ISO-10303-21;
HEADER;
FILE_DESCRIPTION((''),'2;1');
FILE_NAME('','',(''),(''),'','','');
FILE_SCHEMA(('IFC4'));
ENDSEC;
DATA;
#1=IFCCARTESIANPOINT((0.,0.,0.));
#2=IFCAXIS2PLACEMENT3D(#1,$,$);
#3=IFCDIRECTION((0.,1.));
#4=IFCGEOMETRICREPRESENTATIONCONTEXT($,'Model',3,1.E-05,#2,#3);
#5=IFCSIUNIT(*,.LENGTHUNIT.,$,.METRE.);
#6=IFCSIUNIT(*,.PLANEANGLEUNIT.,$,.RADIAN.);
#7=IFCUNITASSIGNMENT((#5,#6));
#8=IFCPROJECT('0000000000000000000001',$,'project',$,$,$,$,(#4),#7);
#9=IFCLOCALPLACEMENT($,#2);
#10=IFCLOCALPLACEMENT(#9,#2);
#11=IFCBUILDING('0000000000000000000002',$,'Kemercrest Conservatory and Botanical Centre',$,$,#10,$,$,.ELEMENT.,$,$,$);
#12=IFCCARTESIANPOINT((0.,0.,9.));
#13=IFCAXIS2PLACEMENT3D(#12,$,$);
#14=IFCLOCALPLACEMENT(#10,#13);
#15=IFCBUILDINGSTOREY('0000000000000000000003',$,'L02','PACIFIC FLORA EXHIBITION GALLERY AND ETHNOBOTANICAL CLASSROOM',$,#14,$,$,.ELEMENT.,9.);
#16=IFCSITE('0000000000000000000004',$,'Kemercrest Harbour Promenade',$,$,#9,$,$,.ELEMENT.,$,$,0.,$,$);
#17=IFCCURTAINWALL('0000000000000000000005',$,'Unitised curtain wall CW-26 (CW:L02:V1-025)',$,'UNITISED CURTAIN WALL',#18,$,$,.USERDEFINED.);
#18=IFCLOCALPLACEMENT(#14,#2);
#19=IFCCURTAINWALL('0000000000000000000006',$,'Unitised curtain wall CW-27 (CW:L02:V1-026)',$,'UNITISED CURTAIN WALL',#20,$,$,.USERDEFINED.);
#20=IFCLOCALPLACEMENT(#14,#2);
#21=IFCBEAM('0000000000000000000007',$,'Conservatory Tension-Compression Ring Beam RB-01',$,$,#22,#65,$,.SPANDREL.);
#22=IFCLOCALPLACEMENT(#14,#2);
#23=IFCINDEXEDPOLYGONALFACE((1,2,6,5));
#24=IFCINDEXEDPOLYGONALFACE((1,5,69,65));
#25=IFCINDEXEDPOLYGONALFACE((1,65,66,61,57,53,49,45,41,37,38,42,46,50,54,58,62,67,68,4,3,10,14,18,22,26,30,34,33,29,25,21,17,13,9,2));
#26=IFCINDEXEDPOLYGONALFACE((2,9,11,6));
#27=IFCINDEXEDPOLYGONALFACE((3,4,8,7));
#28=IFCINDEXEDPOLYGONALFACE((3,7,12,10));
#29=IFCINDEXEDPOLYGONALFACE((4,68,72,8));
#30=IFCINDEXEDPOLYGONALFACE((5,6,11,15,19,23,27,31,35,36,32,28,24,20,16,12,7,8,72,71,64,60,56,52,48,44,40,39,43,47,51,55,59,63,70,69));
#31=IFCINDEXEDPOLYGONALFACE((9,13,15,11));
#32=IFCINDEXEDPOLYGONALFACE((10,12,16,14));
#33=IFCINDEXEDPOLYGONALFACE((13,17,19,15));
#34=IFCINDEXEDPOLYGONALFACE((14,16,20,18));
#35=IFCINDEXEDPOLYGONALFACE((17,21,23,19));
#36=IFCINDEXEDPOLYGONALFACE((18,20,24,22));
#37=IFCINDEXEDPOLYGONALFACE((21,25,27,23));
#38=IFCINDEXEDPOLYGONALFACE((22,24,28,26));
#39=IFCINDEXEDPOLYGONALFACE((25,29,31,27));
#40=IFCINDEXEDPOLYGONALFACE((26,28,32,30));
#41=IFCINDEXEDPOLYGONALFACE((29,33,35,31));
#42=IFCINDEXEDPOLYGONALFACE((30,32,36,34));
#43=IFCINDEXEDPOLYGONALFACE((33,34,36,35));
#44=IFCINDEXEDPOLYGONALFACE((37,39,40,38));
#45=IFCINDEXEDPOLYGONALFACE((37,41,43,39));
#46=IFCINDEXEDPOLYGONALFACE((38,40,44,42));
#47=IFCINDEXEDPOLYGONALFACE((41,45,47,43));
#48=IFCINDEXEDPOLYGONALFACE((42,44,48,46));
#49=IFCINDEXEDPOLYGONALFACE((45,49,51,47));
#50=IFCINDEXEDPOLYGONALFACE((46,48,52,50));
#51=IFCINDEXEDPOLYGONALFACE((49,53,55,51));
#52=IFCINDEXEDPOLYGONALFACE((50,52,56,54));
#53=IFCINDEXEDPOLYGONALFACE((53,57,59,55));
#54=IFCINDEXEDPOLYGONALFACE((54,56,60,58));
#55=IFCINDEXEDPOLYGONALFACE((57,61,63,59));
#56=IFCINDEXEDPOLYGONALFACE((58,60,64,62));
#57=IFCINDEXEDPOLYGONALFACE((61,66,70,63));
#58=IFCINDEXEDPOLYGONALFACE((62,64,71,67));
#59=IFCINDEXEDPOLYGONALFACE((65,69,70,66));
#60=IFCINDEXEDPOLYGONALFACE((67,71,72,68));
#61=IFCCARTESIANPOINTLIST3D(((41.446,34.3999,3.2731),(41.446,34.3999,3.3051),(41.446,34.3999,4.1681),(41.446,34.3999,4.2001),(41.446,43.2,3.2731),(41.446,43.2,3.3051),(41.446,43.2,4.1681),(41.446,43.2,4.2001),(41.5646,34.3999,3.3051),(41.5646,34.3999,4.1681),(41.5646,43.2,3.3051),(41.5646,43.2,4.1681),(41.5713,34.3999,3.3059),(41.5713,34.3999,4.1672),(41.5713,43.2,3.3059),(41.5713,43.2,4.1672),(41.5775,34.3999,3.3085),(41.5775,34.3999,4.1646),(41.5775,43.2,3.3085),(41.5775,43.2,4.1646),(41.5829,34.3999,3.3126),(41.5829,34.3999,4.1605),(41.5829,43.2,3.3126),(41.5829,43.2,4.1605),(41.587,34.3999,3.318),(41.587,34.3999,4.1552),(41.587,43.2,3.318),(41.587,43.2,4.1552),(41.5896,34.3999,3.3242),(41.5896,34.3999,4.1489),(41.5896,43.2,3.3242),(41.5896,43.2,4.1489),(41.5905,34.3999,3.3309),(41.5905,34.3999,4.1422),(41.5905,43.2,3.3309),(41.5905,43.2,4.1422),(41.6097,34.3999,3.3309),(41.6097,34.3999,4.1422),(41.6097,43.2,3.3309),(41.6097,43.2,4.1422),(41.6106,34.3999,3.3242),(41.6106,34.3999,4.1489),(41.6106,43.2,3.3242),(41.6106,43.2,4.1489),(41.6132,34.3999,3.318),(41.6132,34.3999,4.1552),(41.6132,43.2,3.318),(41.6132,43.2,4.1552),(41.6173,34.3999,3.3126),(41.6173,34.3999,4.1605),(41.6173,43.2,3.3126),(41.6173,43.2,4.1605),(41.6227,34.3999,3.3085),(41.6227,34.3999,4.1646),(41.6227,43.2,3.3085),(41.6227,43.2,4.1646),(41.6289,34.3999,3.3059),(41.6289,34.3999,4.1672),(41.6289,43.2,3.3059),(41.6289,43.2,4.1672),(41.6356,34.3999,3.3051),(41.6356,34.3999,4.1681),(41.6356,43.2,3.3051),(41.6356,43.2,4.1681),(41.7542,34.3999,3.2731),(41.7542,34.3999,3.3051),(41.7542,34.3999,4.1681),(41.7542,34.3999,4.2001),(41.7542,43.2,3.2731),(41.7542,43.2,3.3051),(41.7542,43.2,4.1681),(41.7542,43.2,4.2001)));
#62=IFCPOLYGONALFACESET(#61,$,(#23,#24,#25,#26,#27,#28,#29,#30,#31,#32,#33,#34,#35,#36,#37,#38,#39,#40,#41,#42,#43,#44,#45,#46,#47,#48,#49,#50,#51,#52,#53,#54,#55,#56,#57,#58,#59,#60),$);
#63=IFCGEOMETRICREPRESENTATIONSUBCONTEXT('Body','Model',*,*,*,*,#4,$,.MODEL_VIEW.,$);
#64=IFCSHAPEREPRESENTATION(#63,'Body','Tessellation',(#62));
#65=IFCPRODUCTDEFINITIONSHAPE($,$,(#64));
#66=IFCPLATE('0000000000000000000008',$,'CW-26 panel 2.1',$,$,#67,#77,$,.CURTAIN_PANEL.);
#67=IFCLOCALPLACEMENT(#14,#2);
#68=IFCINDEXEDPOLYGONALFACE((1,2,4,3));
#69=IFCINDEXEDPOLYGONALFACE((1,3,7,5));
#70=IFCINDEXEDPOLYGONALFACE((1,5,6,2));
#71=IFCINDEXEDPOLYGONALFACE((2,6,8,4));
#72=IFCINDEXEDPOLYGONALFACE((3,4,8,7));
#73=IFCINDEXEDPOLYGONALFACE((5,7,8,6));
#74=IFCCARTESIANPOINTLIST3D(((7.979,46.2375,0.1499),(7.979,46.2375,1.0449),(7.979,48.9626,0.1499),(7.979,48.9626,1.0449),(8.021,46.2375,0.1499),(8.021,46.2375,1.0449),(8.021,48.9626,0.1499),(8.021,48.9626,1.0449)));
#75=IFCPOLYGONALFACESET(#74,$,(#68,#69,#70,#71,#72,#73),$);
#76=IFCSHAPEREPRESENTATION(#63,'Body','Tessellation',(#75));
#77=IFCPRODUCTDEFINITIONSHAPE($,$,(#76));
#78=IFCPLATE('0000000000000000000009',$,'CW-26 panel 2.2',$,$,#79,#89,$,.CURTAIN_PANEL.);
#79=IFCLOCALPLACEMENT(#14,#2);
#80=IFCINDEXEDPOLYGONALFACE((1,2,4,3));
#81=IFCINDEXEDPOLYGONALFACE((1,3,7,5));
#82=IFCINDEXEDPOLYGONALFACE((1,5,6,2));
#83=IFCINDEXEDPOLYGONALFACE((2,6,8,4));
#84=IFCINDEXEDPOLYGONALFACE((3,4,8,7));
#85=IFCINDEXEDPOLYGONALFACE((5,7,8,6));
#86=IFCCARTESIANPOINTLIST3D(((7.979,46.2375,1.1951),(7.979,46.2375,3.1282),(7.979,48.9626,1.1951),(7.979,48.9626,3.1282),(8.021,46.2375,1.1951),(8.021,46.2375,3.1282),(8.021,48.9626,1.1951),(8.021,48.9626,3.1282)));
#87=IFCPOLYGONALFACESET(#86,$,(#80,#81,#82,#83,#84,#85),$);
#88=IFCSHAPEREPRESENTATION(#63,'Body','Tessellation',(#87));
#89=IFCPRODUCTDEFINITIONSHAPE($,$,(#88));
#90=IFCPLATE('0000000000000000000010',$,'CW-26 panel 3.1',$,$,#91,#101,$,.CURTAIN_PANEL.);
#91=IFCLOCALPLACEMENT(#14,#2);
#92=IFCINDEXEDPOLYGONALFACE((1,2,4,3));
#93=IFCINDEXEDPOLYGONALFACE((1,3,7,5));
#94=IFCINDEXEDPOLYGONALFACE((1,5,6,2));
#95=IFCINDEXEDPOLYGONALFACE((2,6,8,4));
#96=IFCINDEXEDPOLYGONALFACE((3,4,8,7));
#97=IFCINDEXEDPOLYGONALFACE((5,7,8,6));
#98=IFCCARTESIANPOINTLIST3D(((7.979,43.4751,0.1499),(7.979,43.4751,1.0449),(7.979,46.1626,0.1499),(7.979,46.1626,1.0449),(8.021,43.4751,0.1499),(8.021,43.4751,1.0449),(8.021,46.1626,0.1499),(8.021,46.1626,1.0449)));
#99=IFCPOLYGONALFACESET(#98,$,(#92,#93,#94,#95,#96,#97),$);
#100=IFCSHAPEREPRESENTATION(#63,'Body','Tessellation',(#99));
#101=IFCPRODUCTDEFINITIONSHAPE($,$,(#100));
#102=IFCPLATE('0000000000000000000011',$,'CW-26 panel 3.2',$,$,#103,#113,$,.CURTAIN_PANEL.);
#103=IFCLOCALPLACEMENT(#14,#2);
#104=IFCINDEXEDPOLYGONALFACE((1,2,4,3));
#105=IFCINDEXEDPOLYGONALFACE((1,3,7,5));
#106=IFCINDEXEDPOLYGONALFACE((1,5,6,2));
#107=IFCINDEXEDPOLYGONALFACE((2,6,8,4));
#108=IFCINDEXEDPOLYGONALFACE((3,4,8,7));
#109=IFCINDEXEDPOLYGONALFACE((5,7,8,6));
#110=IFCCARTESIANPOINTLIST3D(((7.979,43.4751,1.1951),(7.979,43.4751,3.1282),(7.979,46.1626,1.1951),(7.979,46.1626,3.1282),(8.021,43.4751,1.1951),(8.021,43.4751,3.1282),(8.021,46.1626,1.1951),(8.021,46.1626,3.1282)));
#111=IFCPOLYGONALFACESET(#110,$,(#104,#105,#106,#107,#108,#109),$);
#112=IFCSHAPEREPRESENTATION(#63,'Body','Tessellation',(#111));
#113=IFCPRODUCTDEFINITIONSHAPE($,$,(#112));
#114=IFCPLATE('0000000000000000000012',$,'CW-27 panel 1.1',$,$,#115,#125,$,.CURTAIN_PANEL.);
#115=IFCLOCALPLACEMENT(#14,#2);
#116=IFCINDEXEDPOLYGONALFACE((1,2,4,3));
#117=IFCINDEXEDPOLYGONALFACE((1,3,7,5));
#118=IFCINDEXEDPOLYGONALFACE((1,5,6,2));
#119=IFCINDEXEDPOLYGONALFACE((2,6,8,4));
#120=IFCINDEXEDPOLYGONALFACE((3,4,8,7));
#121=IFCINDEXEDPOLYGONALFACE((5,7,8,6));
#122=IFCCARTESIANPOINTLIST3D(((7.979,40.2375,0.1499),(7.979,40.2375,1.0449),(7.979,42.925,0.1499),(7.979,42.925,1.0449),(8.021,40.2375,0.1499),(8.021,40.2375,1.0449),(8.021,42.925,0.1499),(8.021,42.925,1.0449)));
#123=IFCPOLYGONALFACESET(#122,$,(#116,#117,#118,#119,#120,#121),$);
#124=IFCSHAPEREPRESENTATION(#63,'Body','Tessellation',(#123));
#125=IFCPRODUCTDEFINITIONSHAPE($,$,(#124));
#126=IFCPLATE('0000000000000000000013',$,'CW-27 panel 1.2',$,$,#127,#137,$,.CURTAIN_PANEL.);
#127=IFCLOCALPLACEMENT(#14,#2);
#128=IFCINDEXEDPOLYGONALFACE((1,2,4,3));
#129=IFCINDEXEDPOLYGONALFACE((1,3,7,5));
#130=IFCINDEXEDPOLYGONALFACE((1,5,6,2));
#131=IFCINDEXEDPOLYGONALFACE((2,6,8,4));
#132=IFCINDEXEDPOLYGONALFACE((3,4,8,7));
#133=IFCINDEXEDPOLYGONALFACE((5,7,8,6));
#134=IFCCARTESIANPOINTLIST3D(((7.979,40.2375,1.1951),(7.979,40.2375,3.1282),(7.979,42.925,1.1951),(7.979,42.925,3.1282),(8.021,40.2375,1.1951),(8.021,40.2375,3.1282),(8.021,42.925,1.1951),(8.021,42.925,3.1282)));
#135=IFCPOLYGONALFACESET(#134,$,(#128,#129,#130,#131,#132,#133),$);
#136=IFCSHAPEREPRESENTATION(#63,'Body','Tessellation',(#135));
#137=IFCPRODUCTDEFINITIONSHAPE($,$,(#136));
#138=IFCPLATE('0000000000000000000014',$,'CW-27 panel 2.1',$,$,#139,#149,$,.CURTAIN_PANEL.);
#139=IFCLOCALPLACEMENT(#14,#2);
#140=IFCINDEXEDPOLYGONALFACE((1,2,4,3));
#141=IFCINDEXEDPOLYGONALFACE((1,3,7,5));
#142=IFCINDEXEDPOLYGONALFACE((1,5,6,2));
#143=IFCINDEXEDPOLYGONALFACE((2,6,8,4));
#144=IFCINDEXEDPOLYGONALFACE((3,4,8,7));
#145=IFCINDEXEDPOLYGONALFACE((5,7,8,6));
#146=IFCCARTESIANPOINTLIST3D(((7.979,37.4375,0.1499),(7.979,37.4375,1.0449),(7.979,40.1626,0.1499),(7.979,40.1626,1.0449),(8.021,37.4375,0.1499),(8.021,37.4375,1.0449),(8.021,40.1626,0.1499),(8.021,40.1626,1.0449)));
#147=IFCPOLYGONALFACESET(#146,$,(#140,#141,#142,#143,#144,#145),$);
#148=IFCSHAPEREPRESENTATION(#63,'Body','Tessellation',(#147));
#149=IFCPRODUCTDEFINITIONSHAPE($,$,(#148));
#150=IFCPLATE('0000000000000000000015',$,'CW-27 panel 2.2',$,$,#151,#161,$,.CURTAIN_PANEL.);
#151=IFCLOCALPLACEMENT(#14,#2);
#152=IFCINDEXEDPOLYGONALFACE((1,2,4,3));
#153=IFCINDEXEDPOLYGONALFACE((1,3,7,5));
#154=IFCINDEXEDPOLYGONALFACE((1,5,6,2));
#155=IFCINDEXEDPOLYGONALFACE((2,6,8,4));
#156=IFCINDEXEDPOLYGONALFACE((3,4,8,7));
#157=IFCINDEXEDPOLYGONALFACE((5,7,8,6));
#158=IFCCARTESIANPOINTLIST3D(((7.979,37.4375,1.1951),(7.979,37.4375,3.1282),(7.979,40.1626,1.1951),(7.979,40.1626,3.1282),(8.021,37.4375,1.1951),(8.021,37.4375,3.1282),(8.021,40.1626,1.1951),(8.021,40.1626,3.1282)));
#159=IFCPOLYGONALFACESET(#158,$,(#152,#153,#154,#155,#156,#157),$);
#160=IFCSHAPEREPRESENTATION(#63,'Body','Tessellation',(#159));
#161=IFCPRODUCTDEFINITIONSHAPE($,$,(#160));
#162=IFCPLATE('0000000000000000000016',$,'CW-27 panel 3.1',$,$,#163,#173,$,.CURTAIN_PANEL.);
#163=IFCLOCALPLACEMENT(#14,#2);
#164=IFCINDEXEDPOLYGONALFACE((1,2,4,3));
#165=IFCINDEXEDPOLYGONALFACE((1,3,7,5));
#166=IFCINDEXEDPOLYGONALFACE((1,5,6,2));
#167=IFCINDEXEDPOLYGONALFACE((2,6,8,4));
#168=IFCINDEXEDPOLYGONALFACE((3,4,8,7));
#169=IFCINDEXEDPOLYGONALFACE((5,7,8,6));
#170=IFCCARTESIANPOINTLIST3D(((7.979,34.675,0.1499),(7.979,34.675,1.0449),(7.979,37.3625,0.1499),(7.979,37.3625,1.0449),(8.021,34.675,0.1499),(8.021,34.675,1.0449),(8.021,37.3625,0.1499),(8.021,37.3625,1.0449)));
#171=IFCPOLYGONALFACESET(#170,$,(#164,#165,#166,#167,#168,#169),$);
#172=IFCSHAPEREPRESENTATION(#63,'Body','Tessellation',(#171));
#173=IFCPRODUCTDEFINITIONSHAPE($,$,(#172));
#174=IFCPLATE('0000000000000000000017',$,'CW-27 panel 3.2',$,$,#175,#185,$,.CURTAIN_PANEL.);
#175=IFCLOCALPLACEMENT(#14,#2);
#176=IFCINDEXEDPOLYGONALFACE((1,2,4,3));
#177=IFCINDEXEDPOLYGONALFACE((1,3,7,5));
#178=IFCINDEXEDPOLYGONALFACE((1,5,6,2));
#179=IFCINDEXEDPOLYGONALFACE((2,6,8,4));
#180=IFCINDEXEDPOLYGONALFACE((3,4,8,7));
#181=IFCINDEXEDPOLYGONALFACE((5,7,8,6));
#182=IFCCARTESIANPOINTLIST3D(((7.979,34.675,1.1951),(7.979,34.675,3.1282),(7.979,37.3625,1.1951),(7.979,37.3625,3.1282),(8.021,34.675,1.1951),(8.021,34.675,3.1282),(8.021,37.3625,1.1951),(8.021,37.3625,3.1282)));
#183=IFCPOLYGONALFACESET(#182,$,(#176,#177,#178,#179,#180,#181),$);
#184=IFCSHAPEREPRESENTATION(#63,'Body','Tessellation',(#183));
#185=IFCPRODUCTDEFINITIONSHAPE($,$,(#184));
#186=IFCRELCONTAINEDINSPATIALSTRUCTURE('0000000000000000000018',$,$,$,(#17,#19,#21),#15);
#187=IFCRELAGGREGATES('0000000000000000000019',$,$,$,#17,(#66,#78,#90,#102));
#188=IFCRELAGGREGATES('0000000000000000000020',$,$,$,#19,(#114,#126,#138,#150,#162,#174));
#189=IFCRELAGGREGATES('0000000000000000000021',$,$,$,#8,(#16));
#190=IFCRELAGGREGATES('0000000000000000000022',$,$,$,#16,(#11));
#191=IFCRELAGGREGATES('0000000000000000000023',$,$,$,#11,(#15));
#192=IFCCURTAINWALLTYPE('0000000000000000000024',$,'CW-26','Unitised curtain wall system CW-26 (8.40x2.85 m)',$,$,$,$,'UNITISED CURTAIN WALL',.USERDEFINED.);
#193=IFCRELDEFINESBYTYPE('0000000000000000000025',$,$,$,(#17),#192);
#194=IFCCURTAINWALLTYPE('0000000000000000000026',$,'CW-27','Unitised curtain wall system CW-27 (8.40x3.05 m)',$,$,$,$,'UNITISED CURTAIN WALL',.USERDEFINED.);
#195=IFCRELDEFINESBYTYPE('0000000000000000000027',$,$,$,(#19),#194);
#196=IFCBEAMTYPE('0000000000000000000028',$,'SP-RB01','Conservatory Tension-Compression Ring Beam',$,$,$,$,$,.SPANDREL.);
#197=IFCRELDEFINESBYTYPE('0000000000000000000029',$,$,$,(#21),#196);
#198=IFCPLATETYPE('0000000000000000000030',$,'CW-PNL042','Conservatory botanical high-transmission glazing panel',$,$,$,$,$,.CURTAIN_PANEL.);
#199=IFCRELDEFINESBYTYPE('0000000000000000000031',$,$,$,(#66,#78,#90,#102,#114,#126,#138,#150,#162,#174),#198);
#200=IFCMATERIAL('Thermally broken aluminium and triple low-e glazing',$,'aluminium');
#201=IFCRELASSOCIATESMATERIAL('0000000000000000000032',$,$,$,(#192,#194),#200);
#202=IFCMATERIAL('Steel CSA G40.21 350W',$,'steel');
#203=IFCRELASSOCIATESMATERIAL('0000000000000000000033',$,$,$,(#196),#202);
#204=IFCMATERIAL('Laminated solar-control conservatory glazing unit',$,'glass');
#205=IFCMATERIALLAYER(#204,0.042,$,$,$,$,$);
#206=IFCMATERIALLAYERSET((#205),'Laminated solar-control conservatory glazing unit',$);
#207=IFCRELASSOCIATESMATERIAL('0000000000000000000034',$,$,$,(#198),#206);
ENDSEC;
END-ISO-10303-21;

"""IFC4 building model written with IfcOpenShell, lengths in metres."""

from ifc_helpers import new_model, si_unit, direction, frame, origin, origin_2d, place, context, subcontext, project, spatial, rectangle, i_section, extrude, material, layer, layer_set, material_profile, profile_set, type_object, element, aggregate, save


model = new_model("IFC4")

# Units and contexts
model_context = context("Model", 3, precision=1e-05, world=origin(), true_north=direction((0.0, 1.0)))
body_context = subcontext(model_context, "Body", "Model", "MODEL_VIEW")
ifc_project = project(units=[si_unit("LENGTHUNIT", "METRE"), si_unit("PLANEANGLEUNIT", "RADIAN")], contexts=[model_context])

# Site, building, storey
site_placement = place(None, origin())
site = spatial("IfcSite", under=ifc_project, at=site_placement, Name="Kemercrest Harbour Promenade", CompositionType="ELEMENT", RefElevation=0.0)
building_placement = place(site_placement, origin())
building = spatial("IfcBuilding", under=site, at=building_placement, Name="Kemercrest Conservatory and Botanical Centre", CompositionType="ELEMENT")
storey_placement = place(building_placement, frame((0.0, 0.0, 9.0)))
storey = spatial("IfcBuildingStorey", under=building, at=storey_placement, Name="L02", Description="PACIFIC FLORA EXHIBITION GALLERY AND ETHNOBOTANICAL CLASSROOM", CompositionType="ELEMENT", Elevation=9.0)

# Shared definitions
ifc_material_1 = material(Name="Steel CSA G40.21 350W", Category="steel")

# Shared definitions
ifc_material_2 = material(Name="Thermally broken aluminium and triple low-e glazing", Category="aluminium")

# Curtain walls
curtain_wall_type_1 = type_object("IfcCurtainWallType", Name="CW-26", Description="Unitised curtain wall system CW-26 (8.40x2.85 m)", ElementType="UNITISED CURTAIN WALL", PredefinedType="USERDEFINED", material=ifc_material_2)
curtain_wall_1_placement = place(storey_placement, origin())
curtain_wall_1 = element("IfcCurtainWall", 1, at=curtain_wall_1_placement, inside=storey, type_object=curtain_wall_type_1, Name="Unitised curtain wall CW-26 (CW:L02:V1-025)", ObjectType="UNITISED CURTAIN WALL", PredefinedType="USERDEFINED")
curtain_wall_type_2 = type_object("IfcCurtainWallType", Name="CW-27", Description="Unitised curtain wall system CW-27 (8.40x3.05 m)", ElementType="UNITISED CURTAIN WALL", PredefinedType="USERDEFINED", material=ifc_material_2)
curtain_wall_2_placement = place(storey_placement, origin())
curtain_wall_2 = element("IfcCurtainWall", 2, at=curtain_wall_2_placement, inside=storey, type_object=curtain_wall_type_2, Name="Unitised curtain wall CW-27 (CW:L02:V1-026)", ObjectType="UNITISED CURTAIN WALL", PredefinedType="USERDEFINED")

# Beam
ifc_material_profile_1 = material_profile(ifc_material_1, i_section(OverallWidth=0.3081, OverallDepth=0.927, WebThickness=0.0193, FlangeThickness=0.032, FilletRadius=0.0259, at=origin_2d()), Name="W920X289")
ifc_profile_set_1 = profile_set([ifc_material_profile_1], Name="Steel CSA G40.21 350W")
beam_type = type_object("IfcBeamType", Name="SP-RB01", Description="Conservatory Tension-Compression Ring Beam", PredefinedType="SPANDREL", material=ifc_profile_set_1)
for number, where, z_axis, x_axis, name in (
    (3, (41.6001, 34.3999, 3.7366), (0.0, 1.0, 0.0), (-1.0, 0.0, 0.0), "Conservatory Tension-Compression Ring Beam RB-01"),
):
    element("IfcBeam", number, at=place(storey_placement, frame(where, z_axis=z_axis, x_axis=x_axis)), inside=storey, type_object=beam_type, Name=name, PredefinedType="SPANDREL", context=body_context, shape_type="SweptSolid", body=[
        extrude(i_section(OverallWidth=0.3081, OverallDepth=0.927, WebThickness=0.0193, FlangeThickness=0.032, FilletRadius=0.0259, at=origin_2d()), origin(), (0.0, 0.0, 1.0), 8.8),
    ])

# Plates
ifc_material_3 = material(Name="Laminated solar-control conservatory glazing unit", Category="glass")
ifc_layer = layer(ifc_material_3, 0.042)
ifc_layer_set = layer_set([ifc_layer], Name="Laminated solar-control conservatory glazing unit")
plate_type = type_object("IfcPlateType", Name="CW-PNL042", Description="Conservatory botanical high-transmission glazing panel", PredefinedType="CURTAIN_PANEL", material=ifc_layer_set)
plate_1_placement = place(storey_placement, frame((8.0, 47.6001, 0.1499), z_axis=(0.0, 0.0, 1.0), x_axis=(0.0, -1.0, 0.0)))
plate_1 = element("IfcPlate", 4, at=plate_1_placement, type_object=plate_type, Name="CW-26 panel 2.1", PredefinedType="CURTAIN_PANEL", context=body_context, shape_type="SweptSolid", body=[
    extrude(rectangle(XDim=2.7251, YDim=0.042, at=origin_2d()), origin(), (0.0, 0.0, 1.0), 0.895),
])
plate_2_placement = place(storey_placement, frame((8.0, 47.6001, 1.1951), z_axis=(0.0, 0.0, 1.0), x_axis=(0.0, -1.0, 0.0)))
plate_2 = element("IfcPlate", 5, at=plate_2_placement, type_object=plate_type, Name="CW-26 panel 2.2", PredefinedType="CURTAIN_PANEL", context=body_context, shape_type="SweptSolid", body=[
    extrude(rectangle(XDim=2.7251, YDim=0.042, at=origin_2d()), origin(), (0.0, 0.0, 1.0), 1.9331),
])
plate_3_placement = place(storey_placement, frame((8.0, 44.8188, 0.1499), z_axis=(0.0, 0.0, 1.0), x_axis=(0.0, -1.0, 0.0)))
plate_3 = element("IfcPlate", 6, at=plate_3_placement, type_object=plate_type, Name="CW-26 panel 3.1", PredefinedType="CURTAIN_PANEL", context=body_context, shape_type="SweptSolid", body=[
    extrude(rectangle(XDim=2.6875, YDim=0.042, at=origin_2d()), origin(), (0.0, 0.0, 1.0), 0.895),
])
plate_4_placement = place(storey_placement, frame((8.0, 44.8188, 1.1951), z_axis=(0.0, 0.0, 1.0), x_axis=(0.0, -1.0, 0.0)))
plate_4 = element("IfcPlate", 7, at=plate_4_placement, type_object=plate_type, Name="CW-26 panel 3.2", PredefinedType="CURTAIN_PANEL", context=body_context, shape_type="SweptSolid", body=[
    extrude(rectangle(XDim=2.6875, YDim=0.042, at=origin_2d()), origin(), (0.0, 0.0, 1.0), 1.9331),
])
aggregate(curtain_wall_1, [plate_1, plate_2, plate_3, plate_4])
plate_5_placement = place(storey_placement, frame((8.0, 41.5813, 0.1499), z_axis=(0.0, 0.0, 1.0), x_axis=(0.0, -1.0, 0.0)))
plate_5 = element("IfcPlate", 8, at=plate_5_placement, type_object=plate_type, Name="CW-27 panel 1.1", PredefinedType="CURTAIN_PANEL", context=body_context, shape_type="SweptSolid", body=[
    extrude(rectangle(XDim=2.6875, YDim=0.042, at=origin_2d()), origin(), (0.0, 0.0, 1.0), 0.895),
])
plate_6_placement = place(storey_placement, frame((8.0, 41.5813, 1.1951), z_axis=(0.0, 0.0, 1.0), x_axis=(0.0, -1.0, 0.0)))
plate_6 = element("IfcPlate", 9, at=plate_6_placement, type_object=plate_type, Name="CW-27 panel 1.2", PredefinedType="CURTAIN_PANEL", context=body_context, shape_type="SweptSolid", body=[
    extrude(rectangle(XDim=2.6875, YDim=0.042, at=origin_2d()), origin(), (0.0, 0.0, 1.0), 1.9331),
])
plate_7_placement = place(storey_placement, frame((8.0, 38.8, 0.1499), z_axis=(0.0, 0.0, 1.0), x_axis=(0.0, -1.0, 0.0)))
plate_7 = element("IfcPlate", 10, at=plate_7_placement, type_object=plate_type, Name="CW-27 panel 2.1", PredefinedType="CURTAIN_PANEL", context=body_context, shape_type="SweptSolid", body=[
    extrude(rectangle(XDim=2.7251, YDim=0.042, at=origin_2d()), origin(), (0.0, 0.0, 1.0), 0.895),
])
plate_8_placement = place(storey_placement, frame((8.0, 38.8, 1.1951), z_axis=(0.0, 0.0, 1.0), x_axis=(0.0, -1.0, 0.0)))
plate_8 = element("IfcPlate", 11, at=plate_8_placement, type_object=plate_type, Name="CW-27 panel 2.2", PredefinedType="CURTAIN_PANEL", context=body_context, shape_type="SweptSolid", body=[
    extrude(rectangle(XDim=2.7251, YDim=0.042, at=origin_2d()), origin(), (0.0, 0.0, 1.0), 1.9331),
])
plate_9_placement = place(storey_placement, frame((8.0, 36.0188, 0.1499), z_axis=(0.0, 0.0, 1.0), x_axis=(0.0, -1.0, 0.0)))
plate_9 = element("IfcPlate", 12, at=plate_9_placement, type_object=plate_type, Name="CW-27 panel 3.1", PredefinedType="CURTAIN_PANEL", context=body_context, shape_type="SweptSolid", body=[
    extrude(rectangle(XDim=2.6875, YDim=0.042, at=origin_2d()), origin(), (0.0, 0.0, 1.0), 0.895),
])
plate_10_placement = place(storey_placement, frame((8.0, 36.0188, 1.1951), z_axis=(0.0, 0.0, 1.0), x_axis=(0.0, -1.0, 0.0)))
plate_10 = element("IfcPlate", 13, at=plate_10_placement, type_object=plate_type, Name="CW-27 panel 3.2", PredefinedType="CURTAIN_PANEL", context=body_context, shape_type="SweptSolid", body=[
    extrude(rectangle(XDim=2.6875, YDim=0.042, at=origin_2d()), origin(), (0.0, 0.0, 1.0), 1.9331),
])
aggregate(curtain_wall_2, [plate_5, plate_6, plate_7, plate_8, plate_9, plate_10])

save(model, "model.ifc")
